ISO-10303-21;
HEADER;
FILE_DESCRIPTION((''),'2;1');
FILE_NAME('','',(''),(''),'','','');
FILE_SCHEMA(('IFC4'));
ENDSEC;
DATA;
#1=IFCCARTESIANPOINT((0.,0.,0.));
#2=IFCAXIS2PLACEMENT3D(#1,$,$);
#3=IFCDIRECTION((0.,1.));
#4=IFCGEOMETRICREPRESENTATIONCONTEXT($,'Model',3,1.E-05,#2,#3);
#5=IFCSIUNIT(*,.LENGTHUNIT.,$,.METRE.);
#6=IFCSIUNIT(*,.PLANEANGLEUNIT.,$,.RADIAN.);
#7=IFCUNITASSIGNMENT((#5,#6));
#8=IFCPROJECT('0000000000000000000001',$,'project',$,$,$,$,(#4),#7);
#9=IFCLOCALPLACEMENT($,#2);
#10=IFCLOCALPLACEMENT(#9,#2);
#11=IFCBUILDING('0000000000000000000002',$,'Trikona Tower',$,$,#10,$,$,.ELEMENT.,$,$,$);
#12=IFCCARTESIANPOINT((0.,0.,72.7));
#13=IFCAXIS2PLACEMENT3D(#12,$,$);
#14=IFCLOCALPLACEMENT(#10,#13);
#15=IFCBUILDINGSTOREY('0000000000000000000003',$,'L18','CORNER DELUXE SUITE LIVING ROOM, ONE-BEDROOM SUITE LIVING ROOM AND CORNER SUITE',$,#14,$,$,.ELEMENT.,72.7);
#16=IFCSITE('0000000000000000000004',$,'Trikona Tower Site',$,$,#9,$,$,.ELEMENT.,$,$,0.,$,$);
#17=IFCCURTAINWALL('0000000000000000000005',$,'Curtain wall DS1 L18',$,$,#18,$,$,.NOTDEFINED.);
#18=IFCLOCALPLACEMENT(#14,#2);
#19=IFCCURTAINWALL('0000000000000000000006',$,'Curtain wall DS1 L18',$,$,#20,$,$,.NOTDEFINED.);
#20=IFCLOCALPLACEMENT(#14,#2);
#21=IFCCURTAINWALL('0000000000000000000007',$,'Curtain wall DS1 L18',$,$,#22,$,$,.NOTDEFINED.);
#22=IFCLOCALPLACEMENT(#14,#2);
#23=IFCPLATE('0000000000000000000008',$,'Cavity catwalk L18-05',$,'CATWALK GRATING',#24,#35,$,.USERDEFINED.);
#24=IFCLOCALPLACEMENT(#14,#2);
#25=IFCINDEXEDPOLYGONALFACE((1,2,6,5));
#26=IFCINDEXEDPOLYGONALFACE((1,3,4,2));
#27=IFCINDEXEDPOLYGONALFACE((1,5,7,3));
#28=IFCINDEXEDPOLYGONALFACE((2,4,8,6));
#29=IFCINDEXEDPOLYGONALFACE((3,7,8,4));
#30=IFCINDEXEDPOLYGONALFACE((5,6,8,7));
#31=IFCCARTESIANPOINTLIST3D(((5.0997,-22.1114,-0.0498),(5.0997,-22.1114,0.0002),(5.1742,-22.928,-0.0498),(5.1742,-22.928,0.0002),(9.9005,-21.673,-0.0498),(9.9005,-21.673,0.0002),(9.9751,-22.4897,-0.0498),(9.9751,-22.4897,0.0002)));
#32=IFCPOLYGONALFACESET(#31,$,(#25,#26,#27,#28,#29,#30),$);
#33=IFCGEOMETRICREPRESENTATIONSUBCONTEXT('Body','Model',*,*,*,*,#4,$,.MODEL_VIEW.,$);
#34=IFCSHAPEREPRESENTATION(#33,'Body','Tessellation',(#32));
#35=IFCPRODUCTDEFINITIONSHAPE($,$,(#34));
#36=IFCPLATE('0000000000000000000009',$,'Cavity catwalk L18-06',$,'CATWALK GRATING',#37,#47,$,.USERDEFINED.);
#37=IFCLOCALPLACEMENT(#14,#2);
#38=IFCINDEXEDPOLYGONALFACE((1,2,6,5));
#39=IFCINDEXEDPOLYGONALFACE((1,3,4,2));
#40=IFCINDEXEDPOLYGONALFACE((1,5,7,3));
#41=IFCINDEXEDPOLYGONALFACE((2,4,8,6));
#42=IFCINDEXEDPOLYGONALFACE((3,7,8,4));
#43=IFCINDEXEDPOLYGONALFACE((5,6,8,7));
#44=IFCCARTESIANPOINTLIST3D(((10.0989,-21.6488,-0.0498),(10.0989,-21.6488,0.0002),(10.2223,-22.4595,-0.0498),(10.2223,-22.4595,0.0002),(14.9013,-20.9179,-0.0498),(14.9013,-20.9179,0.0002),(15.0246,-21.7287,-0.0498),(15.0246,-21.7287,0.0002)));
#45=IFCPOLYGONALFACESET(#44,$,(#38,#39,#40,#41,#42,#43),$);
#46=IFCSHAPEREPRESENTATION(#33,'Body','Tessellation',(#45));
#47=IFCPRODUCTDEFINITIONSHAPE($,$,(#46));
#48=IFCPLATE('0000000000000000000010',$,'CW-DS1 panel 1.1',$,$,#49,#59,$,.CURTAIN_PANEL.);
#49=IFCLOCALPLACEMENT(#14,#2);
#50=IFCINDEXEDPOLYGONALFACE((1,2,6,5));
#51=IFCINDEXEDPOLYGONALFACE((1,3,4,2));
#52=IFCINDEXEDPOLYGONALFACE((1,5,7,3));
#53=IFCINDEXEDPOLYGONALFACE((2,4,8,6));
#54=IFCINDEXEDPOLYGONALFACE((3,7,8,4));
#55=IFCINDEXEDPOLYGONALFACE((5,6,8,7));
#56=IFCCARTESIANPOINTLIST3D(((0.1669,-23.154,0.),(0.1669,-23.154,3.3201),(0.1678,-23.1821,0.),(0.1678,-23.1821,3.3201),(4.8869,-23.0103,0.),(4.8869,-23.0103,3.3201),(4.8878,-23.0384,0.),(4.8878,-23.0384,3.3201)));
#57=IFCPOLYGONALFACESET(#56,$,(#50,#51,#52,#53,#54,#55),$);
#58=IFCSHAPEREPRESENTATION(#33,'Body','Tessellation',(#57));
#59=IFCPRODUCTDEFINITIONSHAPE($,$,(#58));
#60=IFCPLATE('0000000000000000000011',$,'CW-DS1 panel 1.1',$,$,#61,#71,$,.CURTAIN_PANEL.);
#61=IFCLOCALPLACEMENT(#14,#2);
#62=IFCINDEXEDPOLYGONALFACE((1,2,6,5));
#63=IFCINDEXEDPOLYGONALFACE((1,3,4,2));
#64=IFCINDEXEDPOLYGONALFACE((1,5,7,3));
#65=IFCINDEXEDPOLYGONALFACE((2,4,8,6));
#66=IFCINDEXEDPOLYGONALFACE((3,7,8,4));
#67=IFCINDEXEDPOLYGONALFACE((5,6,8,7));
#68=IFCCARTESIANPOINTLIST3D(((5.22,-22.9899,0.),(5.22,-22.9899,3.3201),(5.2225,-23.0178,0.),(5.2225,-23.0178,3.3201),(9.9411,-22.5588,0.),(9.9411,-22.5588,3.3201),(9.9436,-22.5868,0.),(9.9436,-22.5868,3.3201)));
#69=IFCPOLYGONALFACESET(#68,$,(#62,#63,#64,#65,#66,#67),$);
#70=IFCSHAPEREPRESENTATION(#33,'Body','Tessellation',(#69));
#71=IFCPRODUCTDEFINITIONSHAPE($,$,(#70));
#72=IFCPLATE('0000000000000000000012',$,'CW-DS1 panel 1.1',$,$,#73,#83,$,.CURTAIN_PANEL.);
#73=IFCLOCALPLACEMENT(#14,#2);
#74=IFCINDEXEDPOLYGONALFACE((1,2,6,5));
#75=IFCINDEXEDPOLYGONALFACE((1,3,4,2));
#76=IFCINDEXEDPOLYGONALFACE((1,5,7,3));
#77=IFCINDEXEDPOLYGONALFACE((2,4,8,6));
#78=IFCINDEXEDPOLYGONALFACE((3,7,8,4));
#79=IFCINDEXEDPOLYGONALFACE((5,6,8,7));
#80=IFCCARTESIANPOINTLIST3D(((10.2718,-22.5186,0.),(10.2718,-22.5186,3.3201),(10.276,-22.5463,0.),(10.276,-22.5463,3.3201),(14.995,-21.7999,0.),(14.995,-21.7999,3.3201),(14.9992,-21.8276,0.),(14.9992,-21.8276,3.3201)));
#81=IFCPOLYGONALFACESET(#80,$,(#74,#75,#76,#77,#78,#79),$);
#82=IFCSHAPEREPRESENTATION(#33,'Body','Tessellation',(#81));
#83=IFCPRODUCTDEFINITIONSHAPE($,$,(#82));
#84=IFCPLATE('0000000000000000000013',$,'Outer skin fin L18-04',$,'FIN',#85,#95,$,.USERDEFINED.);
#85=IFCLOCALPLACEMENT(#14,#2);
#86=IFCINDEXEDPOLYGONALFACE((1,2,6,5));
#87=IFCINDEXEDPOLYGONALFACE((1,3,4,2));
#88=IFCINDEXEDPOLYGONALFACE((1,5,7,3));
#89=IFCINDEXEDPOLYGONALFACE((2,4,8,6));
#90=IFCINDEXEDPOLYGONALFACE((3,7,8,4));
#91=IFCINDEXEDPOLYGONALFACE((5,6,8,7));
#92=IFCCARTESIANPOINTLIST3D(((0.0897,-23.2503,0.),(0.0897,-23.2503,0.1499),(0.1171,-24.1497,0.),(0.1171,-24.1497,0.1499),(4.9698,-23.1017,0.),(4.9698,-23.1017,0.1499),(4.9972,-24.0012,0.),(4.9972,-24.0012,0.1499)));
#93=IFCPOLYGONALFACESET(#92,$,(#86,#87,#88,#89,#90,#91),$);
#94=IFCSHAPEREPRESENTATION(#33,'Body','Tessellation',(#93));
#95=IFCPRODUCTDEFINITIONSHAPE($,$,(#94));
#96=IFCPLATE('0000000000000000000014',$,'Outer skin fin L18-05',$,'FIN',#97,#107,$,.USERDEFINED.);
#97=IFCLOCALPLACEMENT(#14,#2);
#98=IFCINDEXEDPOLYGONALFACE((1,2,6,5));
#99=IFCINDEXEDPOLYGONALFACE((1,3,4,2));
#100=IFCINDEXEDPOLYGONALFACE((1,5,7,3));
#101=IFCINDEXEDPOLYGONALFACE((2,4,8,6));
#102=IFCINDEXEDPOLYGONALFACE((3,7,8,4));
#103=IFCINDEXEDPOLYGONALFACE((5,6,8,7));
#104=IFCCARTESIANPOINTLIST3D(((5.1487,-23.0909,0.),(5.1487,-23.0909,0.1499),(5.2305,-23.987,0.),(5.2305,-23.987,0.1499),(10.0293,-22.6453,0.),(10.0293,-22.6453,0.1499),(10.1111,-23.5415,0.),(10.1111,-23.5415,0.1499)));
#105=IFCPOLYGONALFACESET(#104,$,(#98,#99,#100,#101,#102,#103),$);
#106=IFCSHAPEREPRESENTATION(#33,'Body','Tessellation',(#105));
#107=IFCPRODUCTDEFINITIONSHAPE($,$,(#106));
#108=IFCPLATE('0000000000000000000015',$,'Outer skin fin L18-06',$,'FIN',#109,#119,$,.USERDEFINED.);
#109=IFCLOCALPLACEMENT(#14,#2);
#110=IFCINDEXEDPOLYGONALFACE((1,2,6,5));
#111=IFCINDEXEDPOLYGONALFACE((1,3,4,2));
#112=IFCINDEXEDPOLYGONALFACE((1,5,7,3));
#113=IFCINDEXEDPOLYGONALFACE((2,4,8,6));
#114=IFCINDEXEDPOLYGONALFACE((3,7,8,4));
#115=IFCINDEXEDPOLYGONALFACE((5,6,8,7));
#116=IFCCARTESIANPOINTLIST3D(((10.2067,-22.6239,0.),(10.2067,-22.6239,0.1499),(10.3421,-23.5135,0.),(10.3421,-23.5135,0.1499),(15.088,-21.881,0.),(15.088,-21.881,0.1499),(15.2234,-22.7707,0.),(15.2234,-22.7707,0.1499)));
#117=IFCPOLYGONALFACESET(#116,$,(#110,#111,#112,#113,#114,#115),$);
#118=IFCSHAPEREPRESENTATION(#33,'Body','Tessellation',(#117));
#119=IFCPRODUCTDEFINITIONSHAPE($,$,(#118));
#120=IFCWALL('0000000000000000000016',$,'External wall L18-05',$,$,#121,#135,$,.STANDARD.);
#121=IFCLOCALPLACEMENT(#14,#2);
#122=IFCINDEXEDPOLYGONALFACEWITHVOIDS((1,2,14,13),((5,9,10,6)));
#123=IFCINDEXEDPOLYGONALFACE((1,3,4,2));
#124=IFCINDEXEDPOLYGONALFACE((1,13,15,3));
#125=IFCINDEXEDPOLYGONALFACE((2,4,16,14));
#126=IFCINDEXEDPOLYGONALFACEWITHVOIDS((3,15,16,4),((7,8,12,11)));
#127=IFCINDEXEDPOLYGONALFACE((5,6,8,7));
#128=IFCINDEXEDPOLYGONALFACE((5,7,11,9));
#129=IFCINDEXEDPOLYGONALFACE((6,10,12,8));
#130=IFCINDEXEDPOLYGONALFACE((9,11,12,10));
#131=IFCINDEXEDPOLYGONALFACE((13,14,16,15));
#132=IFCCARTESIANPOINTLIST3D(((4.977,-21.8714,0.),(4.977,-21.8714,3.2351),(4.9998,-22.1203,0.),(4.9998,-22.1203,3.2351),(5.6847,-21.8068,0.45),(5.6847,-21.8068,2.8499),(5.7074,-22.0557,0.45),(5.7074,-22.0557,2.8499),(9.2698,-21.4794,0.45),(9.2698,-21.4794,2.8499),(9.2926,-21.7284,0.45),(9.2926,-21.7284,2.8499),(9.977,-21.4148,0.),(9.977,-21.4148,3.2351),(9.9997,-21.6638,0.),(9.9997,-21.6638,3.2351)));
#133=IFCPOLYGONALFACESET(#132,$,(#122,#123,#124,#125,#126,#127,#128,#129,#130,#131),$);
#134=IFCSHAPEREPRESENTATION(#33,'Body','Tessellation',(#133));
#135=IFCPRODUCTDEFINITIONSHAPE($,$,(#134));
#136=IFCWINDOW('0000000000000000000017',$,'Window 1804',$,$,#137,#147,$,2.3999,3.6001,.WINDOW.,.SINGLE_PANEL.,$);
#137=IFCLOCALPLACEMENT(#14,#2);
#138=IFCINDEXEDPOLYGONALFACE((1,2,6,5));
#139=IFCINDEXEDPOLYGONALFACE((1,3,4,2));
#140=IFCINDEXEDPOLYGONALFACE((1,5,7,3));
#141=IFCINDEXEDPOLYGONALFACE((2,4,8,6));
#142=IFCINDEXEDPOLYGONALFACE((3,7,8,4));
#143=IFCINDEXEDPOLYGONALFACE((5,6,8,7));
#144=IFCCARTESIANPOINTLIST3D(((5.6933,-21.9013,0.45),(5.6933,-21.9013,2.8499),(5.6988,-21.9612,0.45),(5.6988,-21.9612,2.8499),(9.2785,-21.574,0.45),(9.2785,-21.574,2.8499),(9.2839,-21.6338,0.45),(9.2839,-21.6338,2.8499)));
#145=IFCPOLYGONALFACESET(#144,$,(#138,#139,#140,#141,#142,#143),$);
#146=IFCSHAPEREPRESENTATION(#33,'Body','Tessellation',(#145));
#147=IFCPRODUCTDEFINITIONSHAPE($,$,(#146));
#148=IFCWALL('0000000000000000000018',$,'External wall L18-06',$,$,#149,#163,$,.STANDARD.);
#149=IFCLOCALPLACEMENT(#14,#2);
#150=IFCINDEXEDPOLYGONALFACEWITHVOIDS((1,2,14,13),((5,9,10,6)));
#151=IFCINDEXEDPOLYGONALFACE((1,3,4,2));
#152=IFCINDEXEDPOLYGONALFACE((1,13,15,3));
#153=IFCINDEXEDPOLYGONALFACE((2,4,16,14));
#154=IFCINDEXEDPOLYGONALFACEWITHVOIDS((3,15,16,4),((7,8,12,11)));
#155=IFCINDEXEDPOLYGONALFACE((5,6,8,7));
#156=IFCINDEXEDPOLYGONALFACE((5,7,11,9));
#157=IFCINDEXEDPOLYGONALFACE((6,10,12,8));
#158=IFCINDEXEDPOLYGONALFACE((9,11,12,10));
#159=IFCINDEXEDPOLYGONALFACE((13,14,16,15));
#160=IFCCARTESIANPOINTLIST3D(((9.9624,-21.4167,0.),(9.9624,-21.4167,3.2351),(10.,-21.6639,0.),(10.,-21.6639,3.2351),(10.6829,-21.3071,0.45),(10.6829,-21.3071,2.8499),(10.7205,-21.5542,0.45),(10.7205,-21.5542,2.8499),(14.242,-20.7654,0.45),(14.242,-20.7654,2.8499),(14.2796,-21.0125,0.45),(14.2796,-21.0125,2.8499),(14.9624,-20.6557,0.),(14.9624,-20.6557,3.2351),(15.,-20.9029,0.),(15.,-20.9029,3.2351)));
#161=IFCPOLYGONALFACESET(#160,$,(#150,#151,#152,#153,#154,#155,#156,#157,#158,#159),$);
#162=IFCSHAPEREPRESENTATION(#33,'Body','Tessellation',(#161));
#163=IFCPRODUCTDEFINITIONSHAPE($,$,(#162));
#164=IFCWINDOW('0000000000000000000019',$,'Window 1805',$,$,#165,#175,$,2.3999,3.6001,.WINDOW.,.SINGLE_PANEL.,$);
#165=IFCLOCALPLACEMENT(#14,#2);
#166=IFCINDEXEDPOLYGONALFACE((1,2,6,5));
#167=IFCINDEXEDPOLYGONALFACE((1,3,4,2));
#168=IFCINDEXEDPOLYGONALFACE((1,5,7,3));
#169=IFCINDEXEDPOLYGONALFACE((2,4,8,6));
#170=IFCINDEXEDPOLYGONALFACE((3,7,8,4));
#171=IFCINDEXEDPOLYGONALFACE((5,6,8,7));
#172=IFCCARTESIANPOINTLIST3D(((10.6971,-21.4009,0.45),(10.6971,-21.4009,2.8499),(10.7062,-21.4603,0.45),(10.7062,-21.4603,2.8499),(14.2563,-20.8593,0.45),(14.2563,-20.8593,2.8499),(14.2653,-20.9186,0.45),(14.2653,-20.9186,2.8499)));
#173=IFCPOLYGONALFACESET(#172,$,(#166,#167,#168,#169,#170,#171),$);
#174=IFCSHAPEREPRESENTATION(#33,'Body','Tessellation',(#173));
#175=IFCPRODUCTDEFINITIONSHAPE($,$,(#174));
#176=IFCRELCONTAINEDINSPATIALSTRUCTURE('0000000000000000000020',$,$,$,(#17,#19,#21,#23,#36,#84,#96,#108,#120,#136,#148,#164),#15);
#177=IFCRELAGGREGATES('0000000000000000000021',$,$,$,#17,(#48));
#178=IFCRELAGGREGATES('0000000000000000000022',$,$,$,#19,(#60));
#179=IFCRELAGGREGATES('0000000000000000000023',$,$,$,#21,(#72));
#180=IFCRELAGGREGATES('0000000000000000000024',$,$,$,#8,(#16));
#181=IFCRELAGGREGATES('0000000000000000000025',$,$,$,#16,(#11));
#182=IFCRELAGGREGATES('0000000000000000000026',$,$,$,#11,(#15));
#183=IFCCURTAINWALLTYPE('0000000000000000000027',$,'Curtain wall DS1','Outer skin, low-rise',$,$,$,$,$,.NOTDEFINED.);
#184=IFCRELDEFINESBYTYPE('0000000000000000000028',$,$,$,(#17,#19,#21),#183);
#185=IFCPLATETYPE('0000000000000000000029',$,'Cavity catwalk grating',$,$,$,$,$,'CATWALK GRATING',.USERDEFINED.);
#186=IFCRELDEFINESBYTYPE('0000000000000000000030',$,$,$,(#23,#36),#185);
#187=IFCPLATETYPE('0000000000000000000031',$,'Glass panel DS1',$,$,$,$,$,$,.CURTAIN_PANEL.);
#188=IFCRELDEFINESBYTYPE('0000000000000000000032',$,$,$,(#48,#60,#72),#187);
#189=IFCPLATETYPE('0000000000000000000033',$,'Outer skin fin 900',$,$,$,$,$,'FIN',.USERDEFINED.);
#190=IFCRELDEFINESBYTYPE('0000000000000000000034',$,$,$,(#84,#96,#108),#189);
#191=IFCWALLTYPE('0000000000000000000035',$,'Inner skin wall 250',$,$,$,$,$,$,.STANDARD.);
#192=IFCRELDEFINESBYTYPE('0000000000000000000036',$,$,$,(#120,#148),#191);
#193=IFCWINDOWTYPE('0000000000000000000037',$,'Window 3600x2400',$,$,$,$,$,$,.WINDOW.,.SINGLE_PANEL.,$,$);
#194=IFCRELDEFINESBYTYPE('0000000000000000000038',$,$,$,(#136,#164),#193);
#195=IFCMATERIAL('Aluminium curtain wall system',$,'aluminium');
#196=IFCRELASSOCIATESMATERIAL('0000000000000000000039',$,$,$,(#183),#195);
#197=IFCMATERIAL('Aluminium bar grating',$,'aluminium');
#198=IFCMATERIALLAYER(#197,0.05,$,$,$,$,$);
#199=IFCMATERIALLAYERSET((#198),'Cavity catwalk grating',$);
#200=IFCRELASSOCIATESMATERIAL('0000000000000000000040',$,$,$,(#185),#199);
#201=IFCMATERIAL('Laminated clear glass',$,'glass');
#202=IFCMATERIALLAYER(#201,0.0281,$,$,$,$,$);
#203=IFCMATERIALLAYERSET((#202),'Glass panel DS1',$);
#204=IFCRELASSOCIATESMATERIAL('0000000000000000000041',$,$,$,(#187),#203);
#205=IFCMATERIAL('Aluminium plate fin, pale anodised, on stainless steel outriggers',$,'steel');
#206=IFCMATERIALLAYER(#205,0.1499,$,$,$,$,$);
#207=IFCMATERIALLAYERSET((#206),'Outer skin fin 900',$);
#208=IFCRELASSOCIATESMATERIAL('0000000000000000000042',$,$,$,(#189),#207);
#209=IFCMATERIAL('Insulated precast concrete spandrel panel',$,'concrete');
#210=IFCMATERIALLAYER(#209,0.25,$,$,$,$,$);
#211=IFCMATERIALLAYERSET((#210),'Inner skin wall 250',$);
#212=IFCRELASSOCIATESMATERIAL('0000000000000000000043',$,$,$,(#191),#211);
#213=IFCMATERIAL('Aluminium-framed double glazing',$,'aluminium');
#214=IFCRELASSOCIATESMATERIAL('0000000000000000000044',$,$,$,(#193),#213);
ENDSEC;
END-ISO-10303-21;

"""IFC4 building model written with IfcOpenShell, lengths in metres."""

from ifc_helpers import new_model, si_unit, direction, frame, frame_2d, origin, origin_2d, place, context, subcontext, project, spatial, rectangle, extrude, material, layer, layer_set, type_object, element, fill, aggregate, save


model = new_model("IFC4")

# Units and contexts
model_context = context("Model", 3, precision=1e-05, world=origin(), true_north=direction((0.0, 1.0)))
body_context = subcontext(model_context, "Body", "Model", "MODEL_VIEW")
ifc_project = project(units=[si_unit("LENGTHUNIT", "METRE"), si_unit("PLANEANGLEUNIT", "RADIAN")], contexts=[model_context])

# Site, building, storey
site_placement = place(None, origin())
site = spatial("IfcSite", under=ifc_project, at=site_placement, Name="Trikona Tower Site", CompositionType="ELEMENT", RefElevation=0.0)
building_placement = place(site_placement, origin())
building = spatial("IfcBuilding", under=site, at=building_placement, Name="Trikona Tower", CompositionType="ELEMENT")
storey_placement = place(building_placement, frame((0.0, 0.0, 72.7)))
storey = spatial("IfcBuildingStorey", under=building, at=storey_placement, Name="L18", Description="CORNER DELUXE SUITE LIVING ROOM, ONE-BEDROOM SUITE LIVING ROOM AND CORNER SUITE", CompositionType="ELEMENT", Elevation=72.7)

# Curtain walls
ifc_material_1 = material(Name="Aluminium curtain wall system", Category="aluminium")
curtain_wall_type = type_object("IfcCurtainWallType", Name="Curtain wall DS1", Description="Outer skin, low-rise", PredefinedType="NOTDEFINED", material=ifc_material_1)
curtain_wall_1_placement = place(storey_placement, origin())
curtain_wall_1 = element("IfcCurtainWall", 1, at=curtain_wall_1_placement, inside=storey, type_object=curtain_wall_type, Name="Curtain wall DS1 L18", PredefinedType="NOTDEFINED")
curtain_wall_2_placement = place(storey_placement, origin())
curtain_wall_2 = element("IfcCurtainWall", 2, at=curtain_wall_2_placement, inside=storey, type_object=curtain_wall_type, Name="Curtain wall DS1 L18", PredefinedType="NOTDEFINED")

# Curtain wall
curtain_wall_3_placement = place(storey_placement, origin())
curtain_wall_3 = element("IfcCurtainWall", 3, at=curtain_wall_3_placement, inside=storey, type_object=curtain_wall_type, Name="Curtain wall DS1 L18", PredefinedType="NOTDEFINED")

# Plates
ifc_material_2 = material(Name="Aluminium bar grating", Category="aluminium")
ifc_layer_1 = layer(ifc_material_2, 0.05)
ifc_layer_set_1 = layer_set([ifc_layer_1], Name="Cavity catwalk grating")
plate_type_1 = type_object("IfcPlateType", Name="Cavity catwalk grating", ElementType="CATWALK GRATING", PredefinedType="USERDEFINED", material=ifc_layer_set_1)
plate_1_placement = place(storey_placement, frame((7.5374, -22.3005, -0.0498), z_axis=(0.0, 0.0, 1.0), x_axis=(0.995858, 0.090921, 0.0)))
element("IfcPlate", 4, at=plate_1_placement, inside=storey, type_object=plate_type_1, Name="Cavity catwalk L18-05", ObjectType="CATWALK GRATING", PredefinedType="USERDEFINED", context=body_context, shape_type="SweptSolid", body=[
    extrude(rectangle(XDim=4.8208, YDim=0.8201, at=origin_2d()), origin(), (0.0, 0.0, 1.0), 0.05),
])
plate_2_placement = place(storey_placement, frame((12.5618, -21.6887, -0.0498), z_axis=(0.0, 0.0, 1.0), x_axis=(0.988618, 0.150448, 0.0)))
element("IfcPlate", 5, at=plate_2_placement, inside=storey, type_object=plate_type_1, Name="Cavity catwalk L18-06", ObjectType="CATWALK GRATING", PredefinedType="USERDEFINED", context=body_context, shape_type="SweptSolid", body=[
    extrude(rectangle(XDim=4.8577, YDim=0.8201, at=origin_2d()), origin(), (0.0, 0.0, 1.0), 0.05),
])

# Plates
ifc_material_3 = material(Name="Laminated clear glass", Category="glass")
ifc_layer_2 = layer(ifc_material_3, 0.0281)
ifc_layer_set_2 = layer_set([ifc_layer_2], Name="Glass panel DS1")
plate_type_2 = type_object("IfcPlateType", Name="Glass panel DS1", PredefinedType="CURTAIN_PANEL", material=ifc_layer_set_2)
plate_3_placement = place(storey_placement, frame((2.5273, -23.0962, 0.0), z_axis=(0.0, 0.0, 1.0), x_axis=(0.999537, 0.030437, 0.0)))
plate_3 = element("IfcPlate", 6, at=plate_3_placement, type_object=plate_type_2, Name="CW-DS1 panel 1.1", PredefinedType="CURTAIN_PANEL", context=body_context, shape_type="SweptSolid", body=[
    extrude(rectangle(XDim=4.7222, YDim=0.0281, at=origin_2d()), origin(), (0.0, 0.0, 1.0), 3.3201),
])
aggregate(curtain_wall_1, [plate_3])
plate_4_placement = place(storey_placement, frame((7.5818, -22.7883, 0.0), z_axis=(0.0, 0.0, 1.0), x_axis=(0.995858, 0.090924, 0.0)))
plate_4 = element("IfcPlate", 7, at=plate_4_placement, type_object=plate_type_2, Name="CW-DS1 panel 1.1", PredefinedType="CURTAIN_PANEL", context=body_context, shape_type="SweptSolid", body=[
    extrude(rectangle(XDim=4.7407, YDim=0.0281, at=origin_2d()), origin(), (0.0, 0.0, 1.0), 3.3201),
])
aggregate(curtain_wall_2, [plate_4])
plate_5_placement = place(storey_placement, frame((12.6355, -22.1731, 0.0), z_axis=(0.0, 0.0, 1.0), x_axis=(0.988619, 0.150438, 0.0)))
plate_5 = element("IfcPlate", 8, at=plate_5_placement, type_object=plate_type_2, Name="CW-DS1 panel 1.1", PredefinedType="CURTAIN_PANEL", context=body_context, shape_type="SweptSolid", body=[
    extrude(rectangle(XDim=4.7776, YDim=0.0281, at=origin_2d()), origin(), (0.0, 0.0, 1.0), 3.3201),
])
aggregate(curtain_wall_3, [plate_5])

# Plates
ifc_material_4 = material(Name="Aluminium plate fin, pale anodised, on stainless steel outriggers", Category="steel")
ifc_layer_3 = layer(ifc_material_4, 0.1499)
ifc_layer_set_3 = layer_set([ifc_layer_3], Name="Outer skin fin 900")
plate_type_3 = type_object("IfcPlateType", Name="Outer skin fin 900", ElementType="FIN", PredefinedType="USERDEFINED", material=ifc_layer_set_3)
plate_6_placement = place(storey_placement, frame((2.5435, -23.6257, 0.0), z_axis=(0.0, 0.0, 1.0), x_axis=(0.999537, 0.030425, 0.0)))
element("IfcPlate", 9, at=plate_6_placement, inside=storey, type_object=plate_type_3, Name="Outer skin fin L18-04", ObjectType="FIN", PredefinedType="USERDEFINED", context=body_context, shape_type="SweptSolid", body=[
    extrude(rectangle(XDim=4.8823, YDim=0.8999, at=origin_2d()), origin(), (0.0, 0.0, 1.0), 0.1499),
])
plate_7_placement = place(storey_placement, frame((7.6299, -23.3162, 0.0), z_axis=(0.0, 0.0, 1.0), x_axis=(0.995858, 0.090921, 0.0)))
element("IfcPlate", 10, at=plate_7_placement, inside=storey, type_object=plate_type_3, Name="Outer skin fin L18-05", ObjectType="FIN", PredefinedType="USERDEFINED", context=body_context, shape_type="SweptSolid", body=[
    extrude(rectangle(XDim=4.9009, YDim=0.8999, at=origin_2d()), origin(), (0.0, 0.0, 1.0), 0.1499),
])
plate_8_placement = place(storey_placement, frame((12.7151, -22.6973, 0.0), z_axis=(0.0, 0.0, 1.0), x_axis=(0.988618, 0.150448, 0.0)))
element("IfcPlate", 11, at=plate_8_placement, inside=storey, type_object=plate_type_3, Name="Outer skin fin L18-06", ObjectType="FIN", PredefinedType="USERDEFINED", context=body_context, shape_type="SweptSolid", body=[
    extrude(rectangle(XDim=4.9375, YDim=0.8999, at=origin_2d()), origin(), (0.0, 0.0, 1.0), 0.1499),
])

# Walls, openings, windows
ifc_material_5 = material(Name="Insulated precast concrete spandrel panel", Category="concrete")
ifc_layer_4 = layer(ifc_material_5, 0.25)
ifc_layer_set_4 = layer_set([ifc_layer_4], Name="Inner skin wall 250")
wall_type = type_object("IfcWallType", Name="Inner skin wall 250", PredefinedType="STANDARD", material=ifc_layer_set_4)
wall_1_placement = place(storey_placement, frame((4.9885, -21.9958, 0.0), z_axis=(0.0, 0.0, 1.0), x_axis=(0.995857, 0.09093, 0.0)))
wall_1 = element("IfcWall", 12, at=wall_1_placement, inside=storey, type_object=wall_type, Name="External wall L18-05", PredefinedType="STANDARD", context=body_context, shape_type="SweptSolid", body=[
    extrude(rectangle(XDim=5.0208, YDim=0.25, at=frame_2d((2.5103, 0.0))), origin(), (0.0, 0.0, 1.0), 3.2351),
])
opening_1_placement = place(wall_1_placement, frame((0.7104, 0.0, 0.45)))
opening_1 = element("IfcOpeningElement", 13, at=opening_1_placement, cuts=wall_1, PredefinedType="OPENING", context=body_context, shape_type="SweptSolid", body=[
    extrude(rectangle(XDim=3.6001, YDim=2.3999, at=frame_2d((1.8, 1.2))), frame((0.0, 0.135, 0.0), z_axis=(0.0, -1.0, 0.0), x_axis=(1.0, 0.0, 0.0)), (0.0, 0.0, 1.0), 0.27),
])
ifc_material_6 = material(Name="Aluminium-framed double glazing", Category="aluminium")
window_type = type_object("IfcWindowType", Name="Window 3600x2400", PartitioningType="SINGLE_PANEL", PredefinedType="WINDOW", material=ifc_material_6)
window_1_placement = place(opening_1_placement, origin())
window_1 = element("IfcWindow", 14, at=window_1_placement, inside=storey, type_object=window_type, Name="Window 1804", OverallHeight=2.3999, OverallWidth=3.6001, PartitioningType="SINGLE_PANEL", PredefinedType="WINDOW", context=body_context, shape_type="SweptSolid", body=[
    extrude(rectangle(XDim=3.6001, YDim=2.3999, at=frame_2d((1.8, 1.2))), frame((0.0, 0.03, 0.0), z_axis=(0.0, -1.0, 0.0), x_axis=(1.0, 0.0, 0.0)), (0.0, 0.0, 1.0), 0.0601),
])
fill(opening_1, window_1)
wall_2_placement = place(storey_placement, frame((9.9812, -21.5403, 0.0), z_axis=(0.0, 0.0, 1.0), x_axis=(0.988615, 0.150465, 0.0)))
wall_2 = element("IfcWall", 15, at=wall_2_placement, inside=storey, type_object=wall_type, Name="External wall L18-06", PredefinedType="STANDARD", context=body_context, shape_type="SweptSolid", body=[
    extrude(rectangle(XDim=5.0576, YDim=0.25, at=frame_2d((2.5288, 0.0))), origin(), (0.0, 0.0, 1.0), 3.2351),
])
opening_2_placement = place(wall_2_placement, frame((0.7288, 0.0, 0.45)))
opening_2 = element("IfcOpeningElement", 16, at=opening_2_placement, cuts=wall_2, PredefinedType="OPENING", context=body_context, shape_type="SweptSolid", body=[
    extrude(rectangle(XDim=3.6001, YDim=2.3999, at=frame_2d((1.8, 1.2))), frame((0.0, 0.135, 0.0), z_axis=(0.0, -1.0, 0.0), x_axis=(1.0, 0.0, 0.0)), (0.0, 0.0, 1.0), 0.27),
])
window_2_placement = place(opening_2_placement, origin())
window_2 = element("IfcWindow", 17, at=window_2_placement, inside=storey, type_object=window_type, Name="Window 1805", OverallHeight=2.3999, OverallWidth=3.6001, PartitioningType="SINGLE_PANEL", PredefinedType="WINDOW", context=body_context, shape_type="SweptSolid", body=[
    extrude(rectangle(XDim=3.6001, YDim=2.3999, at=frame_2d((1.8, 1.2))), frame((0.0, 0.03, 0.0), z_axis=(0.0, -1.0, 0.0), x_axis=(1.0, 0.0, 0.0)), (0.0, 0.0, 1.0), 0.0601),
])
fill(opening_2, window_2)

save(model, "model.ifc")
